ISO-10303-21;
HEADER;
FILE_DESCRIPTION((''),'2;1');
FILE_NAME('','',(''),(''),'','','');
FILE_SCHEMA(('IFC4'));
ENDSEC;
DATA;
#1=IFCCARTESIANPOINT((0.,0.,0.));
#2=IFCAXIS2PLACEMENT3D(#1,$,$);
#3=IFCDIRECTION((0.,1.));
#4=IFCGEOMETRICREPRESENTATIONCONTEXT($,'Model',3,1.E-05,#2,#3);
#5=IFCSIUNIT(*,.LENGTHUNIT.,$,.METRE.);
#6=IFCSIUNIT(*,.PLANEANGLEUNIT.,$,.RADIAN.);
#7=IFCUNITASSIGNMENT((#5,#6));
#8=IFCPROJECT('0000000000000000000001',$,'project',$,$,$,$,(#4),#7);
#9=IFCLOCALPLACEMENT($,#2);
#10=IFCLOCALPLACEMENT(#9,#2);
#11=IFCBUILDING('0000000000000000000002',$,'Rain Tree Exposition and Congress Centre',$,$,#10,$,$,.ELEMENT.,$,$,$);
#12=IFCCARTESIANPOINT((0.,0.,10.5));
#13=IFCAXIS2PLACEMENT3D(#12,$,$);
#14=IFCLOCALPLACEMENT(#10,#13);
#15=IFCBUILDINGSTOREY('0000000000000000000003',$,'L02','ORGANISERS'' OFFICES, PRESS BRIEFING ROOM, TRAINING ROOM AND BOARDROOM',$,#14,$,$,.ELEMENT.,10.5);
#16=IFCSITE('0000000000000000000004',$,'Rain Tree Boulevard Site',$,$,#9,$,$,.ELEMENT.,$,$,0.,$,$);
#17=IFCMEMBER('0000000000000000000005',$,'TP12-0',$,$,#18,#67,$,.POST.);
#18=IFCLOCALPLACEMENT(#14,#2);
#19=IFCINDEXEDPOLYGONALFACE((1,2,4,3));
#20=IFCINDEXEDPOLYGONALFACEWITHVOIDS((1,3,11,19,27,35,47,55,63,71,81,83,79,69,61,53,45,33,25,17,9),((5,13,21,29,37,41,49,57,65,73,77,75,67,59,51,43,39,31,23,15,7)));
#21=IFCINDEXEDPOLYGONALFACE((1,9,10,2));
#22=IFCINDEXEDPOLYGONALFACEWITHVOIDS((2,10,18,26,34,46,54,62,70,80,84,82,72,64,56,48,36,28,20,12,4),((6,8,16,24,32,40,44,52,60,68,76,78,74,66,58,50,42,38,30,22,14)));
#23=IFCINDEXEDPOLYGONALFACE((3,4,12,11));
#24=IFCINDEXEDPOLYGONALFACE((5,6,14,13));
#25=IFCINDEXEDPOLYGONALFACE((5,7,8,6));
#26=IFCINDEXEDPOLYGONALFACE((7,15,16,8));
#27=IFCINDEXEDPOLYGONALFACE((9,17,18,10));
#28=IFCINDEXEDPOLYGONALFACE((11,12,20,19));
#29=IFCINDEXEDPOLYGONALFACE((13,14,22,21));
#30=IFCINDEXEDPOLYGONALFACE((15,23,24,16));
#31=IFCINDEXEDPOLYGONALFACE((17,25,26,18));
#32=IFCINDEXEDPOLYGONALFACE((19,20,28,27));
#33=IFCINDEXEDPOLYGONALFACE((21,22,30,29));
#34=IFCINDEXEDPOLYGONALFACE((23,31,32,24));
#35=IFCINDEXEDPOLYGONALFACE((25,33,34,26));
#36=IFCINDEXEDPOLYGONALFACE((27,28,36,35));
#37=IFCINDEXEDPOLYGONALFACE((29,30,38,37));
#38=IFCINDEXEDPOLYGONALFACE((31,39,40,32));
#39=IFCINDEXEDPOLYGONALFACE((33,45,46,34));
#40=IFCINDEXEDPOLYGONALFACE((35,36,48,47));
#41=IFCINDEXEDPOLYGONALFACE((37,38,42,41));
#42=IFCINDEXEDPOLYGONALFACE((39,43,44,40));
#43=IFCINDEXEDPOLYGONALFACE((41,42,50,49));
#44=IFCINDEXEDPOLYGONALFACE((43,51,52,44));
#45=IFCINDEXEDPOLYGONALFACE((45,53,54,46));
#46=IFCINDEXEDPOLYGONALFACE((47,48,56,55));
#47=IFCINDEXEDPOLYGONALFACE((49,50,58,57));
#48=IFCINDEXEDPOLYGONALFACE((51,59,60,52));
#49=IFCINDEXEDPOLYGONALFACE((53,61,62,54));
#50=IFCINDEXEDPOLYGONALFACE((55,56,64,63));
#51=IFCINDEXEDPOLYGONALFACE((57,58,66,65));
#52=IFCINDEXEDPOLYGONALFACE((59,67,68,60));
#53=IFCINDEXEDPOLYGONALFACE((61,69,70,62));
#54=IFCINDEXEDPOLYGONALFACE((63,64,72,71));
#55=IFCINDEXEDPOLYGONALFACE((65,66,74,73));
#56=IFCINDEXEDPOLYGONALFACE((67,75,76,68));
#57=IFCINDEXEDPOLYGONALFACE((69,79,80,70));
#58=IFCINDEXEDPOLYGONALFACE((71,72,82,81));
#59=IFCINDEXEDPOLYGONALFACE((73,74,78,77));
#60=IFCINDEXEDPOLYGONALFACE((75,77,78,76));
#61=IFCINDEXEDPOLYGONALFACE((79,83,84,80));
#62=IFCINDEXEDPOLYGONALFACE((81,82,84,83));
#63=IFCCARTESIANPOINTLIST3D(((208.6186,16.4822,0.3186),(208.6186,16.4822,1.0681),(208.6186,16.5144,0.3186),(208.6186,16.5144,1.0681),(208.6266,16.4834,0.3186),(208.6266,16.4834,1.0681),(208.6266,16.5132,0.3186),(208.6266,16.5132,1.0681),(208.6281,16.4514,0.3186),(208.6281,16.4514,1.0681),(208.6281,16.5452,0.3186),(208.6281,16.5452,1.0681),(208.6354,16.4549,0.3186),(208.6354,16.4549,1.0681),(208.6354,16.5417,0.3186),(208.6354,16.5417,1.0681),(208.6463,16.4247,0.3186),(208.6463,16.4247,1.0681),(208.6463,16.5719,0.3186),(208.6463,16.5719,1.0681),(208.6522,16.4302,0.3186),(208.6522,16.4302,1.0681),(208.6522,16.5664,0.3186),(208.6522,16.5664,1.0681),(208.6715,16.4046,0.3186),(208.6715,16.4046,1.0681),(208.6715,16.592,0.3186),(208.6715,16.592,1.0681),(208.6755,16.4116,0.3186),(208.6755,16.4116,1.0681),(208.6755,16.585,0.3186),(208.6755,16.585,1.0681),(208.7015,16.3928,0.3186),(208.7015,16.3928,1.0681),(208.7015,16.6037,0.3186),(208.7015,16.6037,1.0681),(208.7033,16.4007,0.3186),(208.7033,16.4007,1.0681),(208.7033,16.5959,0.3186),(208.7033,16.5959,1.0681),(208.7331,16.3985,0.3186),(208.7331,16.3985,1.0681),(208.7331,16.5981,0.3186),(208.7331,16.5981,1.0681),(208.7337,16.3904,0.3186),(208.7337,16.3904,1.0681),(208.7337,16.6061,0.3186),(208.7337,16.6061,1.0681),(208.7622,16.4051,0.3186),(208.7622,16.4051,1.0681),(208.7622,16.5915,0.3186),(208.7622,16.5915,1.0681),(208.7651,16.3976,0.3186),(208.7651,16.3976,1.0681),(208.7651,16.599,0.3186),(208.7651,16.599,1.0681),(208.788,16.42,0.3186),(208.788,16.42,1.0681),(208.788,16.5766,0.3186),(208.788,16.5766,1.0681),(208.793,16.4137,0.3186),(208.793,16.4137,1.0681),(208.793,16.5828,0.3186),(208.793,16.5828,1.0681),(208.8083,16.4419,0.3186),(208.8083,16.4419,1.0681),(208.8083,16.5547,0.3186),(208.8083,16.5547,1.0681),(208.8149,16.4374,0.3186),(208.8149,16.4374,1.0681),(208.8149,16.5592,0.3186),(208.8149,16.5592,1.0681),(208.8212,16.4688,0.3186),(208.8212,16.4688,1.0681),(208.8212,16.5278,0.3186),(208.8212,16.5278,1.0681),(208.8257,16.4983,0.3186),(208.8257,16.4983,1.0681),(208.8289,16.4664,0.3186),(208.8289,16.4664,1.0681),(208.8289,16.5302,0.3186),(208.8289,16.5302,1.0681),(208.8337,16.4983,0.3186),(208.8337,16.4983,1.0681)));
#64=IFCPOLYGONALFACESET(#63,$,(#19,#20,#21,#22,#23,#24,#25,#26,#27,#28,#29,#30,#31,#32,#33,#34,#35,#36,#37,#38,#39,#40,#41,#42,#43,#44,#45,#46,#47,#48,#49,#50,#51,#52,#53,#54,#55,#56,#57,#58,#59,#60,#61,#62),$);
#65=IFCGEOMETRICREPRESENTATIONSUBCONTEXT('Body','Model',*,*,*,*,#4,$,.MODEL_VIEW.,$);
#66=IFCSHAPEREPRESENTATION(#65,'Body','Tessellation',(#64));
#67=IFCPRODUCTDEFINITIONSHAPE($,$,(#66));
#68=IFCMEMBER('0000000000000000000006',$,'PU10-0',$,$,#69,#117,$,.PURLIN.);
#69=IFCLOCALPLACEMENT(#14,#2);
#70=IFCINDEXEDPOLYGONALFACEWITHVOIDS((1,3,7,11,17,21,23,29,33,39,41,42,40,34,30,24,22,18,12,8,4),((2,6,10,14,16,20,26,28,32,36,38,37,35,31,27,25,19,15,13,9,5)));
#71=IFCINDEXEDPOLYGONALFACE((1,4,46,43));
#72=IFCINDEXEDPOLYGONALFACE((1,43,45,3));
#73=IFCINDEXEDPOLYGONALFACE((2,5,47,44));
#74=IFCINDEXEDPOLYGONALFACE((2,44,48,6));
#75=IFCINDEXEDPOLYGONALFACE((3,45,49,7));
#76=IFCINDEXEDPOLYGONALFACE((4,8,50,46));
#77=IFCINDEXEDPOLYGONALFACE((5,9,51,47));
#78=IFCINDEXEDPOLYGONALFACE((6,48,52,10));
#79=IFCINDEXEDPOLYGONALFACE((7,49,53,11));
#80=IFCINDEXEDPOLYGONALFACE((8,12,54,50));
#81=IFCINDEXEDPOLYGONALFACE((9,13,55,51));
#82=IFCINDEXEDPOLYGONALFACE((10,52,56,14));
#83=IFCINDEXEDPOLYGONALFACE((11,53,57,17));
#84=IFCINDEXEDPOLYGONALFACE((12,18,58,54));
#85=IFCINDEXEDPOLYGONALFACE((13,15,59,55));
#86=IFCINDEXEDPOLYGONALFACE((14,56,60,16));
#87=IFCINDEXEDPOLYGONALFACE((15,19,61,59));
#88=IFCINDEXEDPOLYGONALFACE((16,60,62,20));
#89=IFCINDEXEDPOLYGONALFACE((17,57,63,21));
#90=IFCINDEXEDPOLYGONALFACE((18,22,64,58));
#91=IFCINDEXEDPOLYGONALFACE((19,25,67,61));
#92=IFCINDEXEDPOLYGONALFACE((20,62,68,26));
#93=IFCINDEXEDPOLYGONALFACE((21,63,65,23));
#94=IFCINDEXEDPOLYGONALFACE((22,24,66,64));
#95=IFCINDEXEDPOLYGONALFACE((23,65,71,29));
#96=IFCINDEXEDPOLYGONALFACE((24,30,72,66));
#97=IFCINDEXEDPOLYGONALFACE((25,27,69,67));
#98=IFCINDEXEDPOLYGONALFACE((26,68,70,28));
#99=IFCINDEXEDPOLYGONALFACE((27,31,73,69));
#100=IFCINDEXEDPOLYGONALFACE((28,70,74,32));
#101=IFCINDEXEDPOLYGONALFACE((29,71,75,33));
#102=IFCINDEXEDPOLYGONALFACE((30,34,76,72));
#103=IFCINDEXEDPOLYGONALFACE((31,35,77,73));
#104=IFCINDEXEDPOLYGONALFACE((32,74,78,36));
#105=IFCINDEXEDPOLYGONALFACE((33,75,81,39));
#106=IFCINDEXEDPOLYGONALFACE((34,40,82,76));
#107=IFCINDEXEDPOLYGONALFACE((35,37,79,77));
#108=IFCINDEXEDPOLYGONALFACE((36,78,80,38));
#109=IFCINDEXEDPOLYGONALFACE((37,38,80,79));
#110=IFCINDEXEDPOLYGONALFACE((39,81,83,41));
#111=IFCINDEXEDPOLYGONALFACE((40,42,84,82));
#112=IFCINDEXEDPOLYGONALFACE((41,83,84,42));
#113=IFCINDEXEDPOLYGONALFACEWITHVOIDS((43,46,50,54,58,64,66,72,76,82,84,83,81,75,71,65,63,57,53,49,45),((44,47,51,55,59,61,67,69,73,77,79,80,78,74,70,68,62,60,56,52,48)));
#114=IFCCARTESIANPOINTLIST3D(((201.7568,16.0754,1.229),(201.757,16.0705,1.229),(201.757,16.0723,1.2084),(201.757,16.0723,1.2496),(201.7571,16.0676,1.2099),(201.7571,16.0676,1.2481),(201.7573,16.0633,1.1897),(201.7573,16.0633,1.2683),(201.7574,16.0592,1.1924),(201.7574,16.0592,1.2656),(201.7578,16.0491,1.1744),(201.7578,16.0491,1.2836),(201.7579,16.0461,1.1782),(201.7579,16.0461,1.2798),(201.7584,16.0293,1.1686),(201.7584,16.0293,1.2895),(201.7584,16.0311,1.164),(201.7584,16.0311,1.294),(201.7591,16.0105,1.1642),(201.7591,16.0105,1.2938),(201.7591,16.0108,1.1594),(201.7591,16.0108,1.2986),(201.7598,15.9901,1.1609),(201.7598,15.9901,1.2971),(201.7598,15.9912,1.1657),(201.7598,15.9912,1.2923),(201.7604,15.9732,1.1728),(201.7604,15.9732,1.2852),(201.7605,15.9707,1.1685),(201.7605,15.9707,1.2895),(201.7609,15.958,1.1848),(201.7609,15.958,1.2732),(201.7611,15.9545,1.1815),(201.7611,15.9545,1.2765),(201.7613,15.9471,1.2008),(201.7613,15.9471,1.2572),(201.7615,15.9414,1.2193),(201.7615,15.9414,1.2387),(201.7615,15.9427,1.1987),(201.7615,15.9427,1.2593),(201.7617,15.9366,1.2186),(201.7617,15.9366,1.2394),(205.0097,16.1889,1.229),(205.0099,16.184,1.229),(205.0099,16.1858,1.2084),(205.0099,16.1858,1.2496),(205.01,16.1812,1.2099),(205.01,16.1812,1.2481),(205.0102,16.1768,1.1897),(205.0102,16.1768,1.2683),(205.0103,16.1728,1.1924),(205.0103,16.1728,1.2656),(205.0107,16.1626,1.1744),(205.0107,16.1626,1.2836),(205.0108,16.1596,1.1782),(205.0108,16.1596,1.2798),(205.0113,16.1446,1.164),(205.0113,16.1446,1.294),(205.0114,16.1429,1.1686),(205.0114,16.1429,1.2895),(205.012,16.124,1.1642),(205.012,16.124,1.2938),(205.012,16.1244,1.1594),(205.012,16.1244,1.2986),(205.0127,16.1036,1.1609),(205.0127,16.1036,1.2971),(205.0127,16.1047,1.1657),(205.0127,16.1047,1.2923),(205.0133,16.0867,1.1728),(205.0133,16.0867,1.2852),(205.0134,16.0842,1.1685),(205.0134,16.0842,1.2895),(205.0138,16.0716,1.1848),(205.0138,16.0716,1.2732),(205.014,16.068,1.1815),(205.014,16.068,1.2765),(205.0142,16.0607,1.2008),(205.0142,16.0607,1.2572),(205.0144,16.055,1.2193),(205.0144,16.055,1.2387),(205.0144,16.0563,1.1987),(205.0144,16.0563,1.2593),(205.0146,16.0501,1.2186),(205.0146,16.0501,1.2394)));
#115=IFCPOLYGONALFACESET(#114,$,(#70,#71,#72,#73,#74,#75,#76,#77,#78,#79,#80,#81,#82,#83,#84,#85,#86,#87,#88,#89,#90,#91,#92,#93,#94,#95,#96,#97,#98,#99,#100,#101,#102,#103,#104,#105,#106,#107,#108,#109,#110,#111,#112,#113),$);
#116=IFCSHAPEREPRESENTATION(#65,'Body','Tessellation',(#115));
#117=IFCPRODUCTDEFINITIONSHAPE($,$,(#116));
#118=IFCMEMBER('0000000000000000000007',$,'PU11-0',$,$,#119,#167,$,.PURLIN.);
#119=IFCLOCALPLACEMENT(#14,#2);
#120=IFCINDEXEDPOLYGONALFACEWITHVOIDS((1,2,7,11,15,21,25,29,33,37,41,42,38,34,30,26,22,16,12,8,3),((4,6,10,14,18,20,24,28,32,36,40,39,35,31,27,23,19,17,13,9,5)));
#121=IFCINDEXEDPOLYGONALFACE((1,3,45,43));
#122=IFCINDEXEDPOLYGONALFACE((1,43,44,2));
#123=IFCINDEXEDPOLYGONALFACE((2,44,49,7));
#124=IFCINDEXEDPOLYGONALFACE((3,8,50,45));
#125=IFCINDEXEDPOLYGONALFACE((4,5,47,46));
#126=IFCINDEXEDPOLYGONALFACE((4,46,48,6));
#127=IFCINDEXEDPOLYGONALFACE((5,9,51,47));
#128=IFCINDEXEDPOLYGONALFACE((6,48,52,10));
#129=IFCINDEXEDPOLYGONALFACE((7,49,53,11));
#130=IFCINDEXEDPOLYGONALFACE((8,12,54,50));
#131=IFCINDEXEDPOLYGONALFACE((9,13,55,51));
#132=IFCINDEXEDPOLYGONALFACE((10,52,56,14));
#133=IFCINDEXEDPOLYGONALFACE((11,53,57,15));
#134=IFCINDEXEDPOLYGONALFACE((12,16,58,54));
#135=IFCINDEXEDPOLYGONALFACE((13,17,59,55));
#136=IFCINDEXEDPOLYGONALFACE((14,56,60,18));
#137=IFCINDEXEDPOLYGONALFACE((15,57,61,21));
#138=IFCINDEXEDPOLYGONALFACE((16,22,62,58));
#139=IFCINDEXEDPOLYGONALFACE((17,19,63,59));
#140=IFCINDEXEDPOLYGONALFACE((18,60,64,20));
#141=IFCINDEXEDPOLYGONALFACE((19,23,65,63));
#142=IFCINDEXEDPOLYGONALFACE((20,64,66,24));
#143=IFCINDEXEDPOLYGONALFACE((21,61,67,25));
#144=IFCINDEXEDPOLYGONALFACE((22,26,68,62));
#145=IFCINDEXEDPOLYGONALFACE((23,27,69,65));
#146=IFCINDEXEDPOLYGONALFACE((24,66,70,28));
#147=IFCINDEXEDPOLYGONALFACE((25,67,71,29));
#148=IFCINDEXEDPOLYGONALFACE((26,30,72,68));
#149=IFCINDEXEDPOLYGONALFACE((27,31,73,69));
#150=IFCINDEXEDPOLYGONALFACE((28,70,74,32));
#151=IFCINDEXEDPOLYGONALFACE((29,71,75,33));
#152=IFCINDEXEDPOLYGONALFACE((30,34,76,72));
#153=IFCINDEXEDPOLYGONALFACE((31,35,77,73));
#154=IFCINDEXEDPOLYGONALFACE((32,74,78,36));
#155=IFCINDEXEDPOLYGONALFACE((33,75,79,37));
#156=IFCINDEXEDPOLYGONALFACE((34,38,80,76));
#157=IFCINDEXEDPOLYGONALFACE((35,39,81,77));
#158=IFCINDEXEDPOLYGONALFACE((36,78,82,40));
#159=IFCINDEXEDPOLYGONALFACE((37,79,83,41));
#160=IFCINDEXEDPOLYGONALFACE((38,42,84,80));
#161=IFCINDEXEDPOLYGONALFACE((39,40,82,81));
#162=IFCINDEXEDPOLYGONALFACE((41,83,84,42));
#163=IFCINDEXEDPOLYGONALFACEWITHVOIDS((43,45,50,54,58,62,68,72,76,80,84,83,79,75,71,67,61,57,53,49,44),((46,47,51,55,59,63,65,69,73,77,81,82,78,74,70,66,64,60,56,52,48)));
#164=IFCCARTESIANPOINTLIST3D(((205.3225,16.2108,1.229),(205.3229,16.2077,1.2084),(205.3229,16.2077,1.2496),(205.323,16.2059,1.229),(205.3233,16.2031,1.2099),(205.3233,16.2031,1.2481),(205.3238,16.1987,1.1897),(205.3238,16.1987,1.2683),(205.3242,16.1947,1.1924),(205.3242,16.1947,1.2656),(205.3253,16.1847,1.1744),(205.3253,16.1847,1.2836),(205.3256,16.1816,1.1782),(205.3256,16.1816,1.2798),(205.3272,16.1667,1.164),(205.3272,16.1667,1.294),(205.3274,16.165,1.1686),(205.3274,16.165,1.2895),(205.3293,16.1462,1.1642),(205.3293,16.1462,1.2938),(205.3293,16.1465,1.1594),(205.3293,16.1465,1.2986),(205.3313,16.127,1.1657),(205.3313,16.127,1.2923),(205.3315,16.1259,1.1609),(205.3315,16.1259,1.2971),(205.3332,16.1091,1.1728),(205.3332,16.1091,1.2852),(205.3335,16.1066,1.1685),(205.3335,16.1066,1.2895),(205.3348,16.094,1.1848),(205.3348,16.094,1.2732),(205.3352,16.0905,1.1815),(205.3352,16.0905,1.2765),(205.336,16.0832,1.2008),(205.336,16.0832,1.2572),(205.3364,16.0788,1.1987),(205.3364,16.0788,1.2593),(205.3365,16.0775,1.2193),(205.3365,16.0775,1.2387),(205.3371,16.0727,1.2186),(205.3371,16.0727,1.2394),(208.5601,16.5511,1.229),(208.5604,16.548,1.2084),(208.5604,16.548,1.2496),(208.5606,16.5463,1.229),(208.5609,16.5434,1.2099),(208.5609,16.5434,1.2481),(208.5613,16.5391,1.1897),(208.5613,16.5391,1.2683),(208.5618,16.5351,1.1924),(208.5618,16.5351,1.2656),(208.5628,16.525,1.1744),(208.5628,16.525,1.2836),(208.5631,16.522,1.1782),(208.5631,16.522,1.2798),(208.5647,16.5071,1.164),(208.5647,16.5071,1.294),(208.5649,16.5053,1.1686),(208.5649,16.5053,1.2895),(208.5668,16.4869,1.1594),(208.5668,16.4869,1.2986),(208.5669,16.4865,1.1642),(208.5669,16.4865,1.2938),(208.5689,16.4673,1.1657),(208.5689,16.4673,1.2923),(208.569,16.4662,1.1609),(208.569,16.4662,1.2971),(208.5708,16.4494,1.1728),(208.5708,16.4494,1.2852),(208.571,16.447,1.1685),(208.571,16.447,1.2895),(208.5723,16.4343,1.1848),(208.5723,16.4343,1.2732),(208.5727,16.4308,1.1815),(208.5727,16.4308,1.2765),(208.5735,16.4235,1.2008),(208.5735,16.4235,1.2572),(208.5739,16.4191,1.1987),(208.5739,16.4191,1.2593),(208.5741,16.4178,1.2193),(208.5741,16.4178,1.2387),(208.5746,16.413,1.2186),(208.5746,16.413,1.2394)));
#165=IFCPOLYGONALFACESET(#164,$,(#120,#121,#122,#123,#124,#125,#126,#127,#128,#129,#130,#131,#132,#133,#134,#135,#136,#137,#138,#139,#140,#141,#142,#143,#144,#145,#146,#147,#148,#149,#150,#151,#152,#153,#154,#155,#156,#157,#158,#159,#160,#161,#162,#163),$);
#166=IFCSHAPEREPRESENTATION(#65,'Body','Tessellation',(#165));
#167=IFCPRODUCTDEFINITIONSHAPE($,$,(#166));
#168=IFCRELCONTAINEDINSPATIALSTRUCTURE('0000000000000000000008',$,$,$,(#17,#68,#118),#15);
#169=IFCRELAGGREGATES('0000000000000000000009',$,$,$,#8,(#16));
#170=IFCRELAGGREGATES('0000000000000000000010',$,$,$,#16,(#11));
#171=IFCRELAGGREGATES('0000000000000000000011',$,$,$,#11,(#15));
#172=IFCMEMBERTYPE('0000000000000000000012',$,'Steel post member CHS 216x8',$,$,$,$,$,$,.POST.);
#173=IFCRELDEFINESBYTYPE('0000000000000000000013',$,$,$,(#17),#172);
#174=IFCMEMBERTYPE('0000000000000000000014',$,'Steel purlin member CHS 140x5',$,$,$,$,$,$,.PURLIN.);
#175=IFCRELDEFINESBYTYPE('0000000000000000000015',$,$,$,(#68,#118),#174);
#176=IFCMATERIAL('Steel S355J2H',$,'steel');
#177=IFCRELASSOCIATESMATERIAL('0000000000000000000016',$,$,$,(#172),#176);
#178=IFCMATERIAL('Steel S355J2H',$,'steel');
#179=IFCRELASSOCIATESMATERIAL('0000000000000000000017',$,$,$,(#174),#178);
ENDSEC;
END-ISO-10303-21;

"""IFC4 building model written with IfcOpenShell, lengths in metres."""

from ifc_helpers import new_model, si_unit, direction, frame, origin, origin_2d, place, context, subcontext, project, spatial, hollow_circle, extrude, material, material_profile, profile_set, type_object, element, save


model = new_model("IFC4")

# Units and contexts
model_context = context("Model", 3, precision=1e-05, world=origin(), true_north=direction((0.0, 1.0)))
body_context = subcontext(model_context, "Body", "Model", "MODEL_VIEW")
ifc_project = project(units=[si_unit("LENGTHUNIT", "METRE"), si_unit("PLANEANGLEUNIT", "RADIAN")], contexts=[model_context])

# Site, building, storey
site_placement = place(None, origin())
site = spatial("IfcSite", under=ifc_project, at=site_placement, Name="Rain Tree Boulevard Site", CompositionType="ELEMENT", RefElevation=0.0)
building_placement = place(site_placement, origin())
building = spatial("IfcBuilding", under=site, at=building_placement, Name="Rain Tree Exposition and Congress Centre", CompositionType="ELEMENT")
storey_placement = place(building_placement, frame((0.0, 0.0, 10.5)))
storey = spatial("IfcBuildingStorey", under=building, at=storey_placement, Name="L02", Description="ORGANISERS' OFFICES, PRESS BRIEFING ROOM, TRAINING ROOM AND BOARDROOM", CompositionType="ELEMENT", Elevation=10.5)

# Members
ifc_material_1 = material(Name="Steel S355J2H", Category="steel")
ifc_material_profile_1 = material_profile(ifc_material_1, hollow_circle(Radius=0.1082, WallThickness=0.0081, at=origin_2d()), Name="CHS 216x8")
ifc_profile_set_1 = profile_set([ifc_material_profile_1], Name="Steel S355J2H")
member_type_1 = type_object("IfcMemberType", Name="Steel post member CHS 216x8", PredefinedType="POST", material=ifc_profile_set_1)
for number, where, z_axis, x_axis, name in (
    (1, (208.7256, 16.4983, 0.3186), (0.0, 0.0, 1.0), (1.0, 0.0, 0.0), "TP12-0"),
):
    element("IfcMember", number, at=place(storey_placement, frame(where, z_axis=z_axis, x_axis=x_axis)), inside=storey, type_object=member_type_1, Name=name, PredefinedType="POST", context=body_context, shape_type="SweptSolid", body=[
        extrude(hollow_circle(Radius=0.1082, WallThickness=0.0081, at=origin_2d()), origin(), (0.0, 0.0, 1.0), 0.7495),
    ])
ifc_material_2 = material(Name="Steel S355J2H", Category="steel")
ifc_material_profile_2 = material_profile(ifc_material_2, hollow_circle(Radius=0.0698, WallThickness=0.0049, at=origin_2d()), Name="CHS 140x5")
ifc_profile_set_2 = profile_set([ifc_material_profile_2], Name="Steel S355J2H")
member_type_2 = type_object("IfcMemberType", Name="Steel purlin member CHS 140x5", PredefinedType="PURLIN", material=ifc_profile_set_2)
member_1_placement = place(storey_placement, frame((201.7593, 16.0056, 1.229), z_axis=(0.999392, 0.034878, 0.0), x_axis=(-0.034878, 0.999392, 0.0)))
element("IfcMember", 2, at=member_1_placement, inside=storey, type_object=member_type_2, Name="PU10-0", PredefinedType="PURLIN", context=body_context, shape_type="SweptSolid", body=[
    extrude(hollow_circle(Radius=0.0698, WallThickness=0.0049, at=origin_2d()), origin(), (0.0, 0.0, 1.0), 3.2549),
])
member_2_placement = place(storey_placement, frame((205.3298, 16.1414, 1.229), z_axis=(0.99452, 0.104544, 0.0), x_axis=(-0.104544, 0.99452, 0.0)))
element("IfcMember", 3, at=member_2_placement, inside=storey, type_object=member_type_2, Name="PU11-0", PredefinedType="PURLIN", context=body_context, shape_type="SweptSolid", body=[
    extrude(hollow_circle(Radius=0.0698, WallThickness=0.0049, at=origin_2d()), origin(), (0.0, 0.0, 1.0), 3.2554),
])

save(model, "model.ifc")
